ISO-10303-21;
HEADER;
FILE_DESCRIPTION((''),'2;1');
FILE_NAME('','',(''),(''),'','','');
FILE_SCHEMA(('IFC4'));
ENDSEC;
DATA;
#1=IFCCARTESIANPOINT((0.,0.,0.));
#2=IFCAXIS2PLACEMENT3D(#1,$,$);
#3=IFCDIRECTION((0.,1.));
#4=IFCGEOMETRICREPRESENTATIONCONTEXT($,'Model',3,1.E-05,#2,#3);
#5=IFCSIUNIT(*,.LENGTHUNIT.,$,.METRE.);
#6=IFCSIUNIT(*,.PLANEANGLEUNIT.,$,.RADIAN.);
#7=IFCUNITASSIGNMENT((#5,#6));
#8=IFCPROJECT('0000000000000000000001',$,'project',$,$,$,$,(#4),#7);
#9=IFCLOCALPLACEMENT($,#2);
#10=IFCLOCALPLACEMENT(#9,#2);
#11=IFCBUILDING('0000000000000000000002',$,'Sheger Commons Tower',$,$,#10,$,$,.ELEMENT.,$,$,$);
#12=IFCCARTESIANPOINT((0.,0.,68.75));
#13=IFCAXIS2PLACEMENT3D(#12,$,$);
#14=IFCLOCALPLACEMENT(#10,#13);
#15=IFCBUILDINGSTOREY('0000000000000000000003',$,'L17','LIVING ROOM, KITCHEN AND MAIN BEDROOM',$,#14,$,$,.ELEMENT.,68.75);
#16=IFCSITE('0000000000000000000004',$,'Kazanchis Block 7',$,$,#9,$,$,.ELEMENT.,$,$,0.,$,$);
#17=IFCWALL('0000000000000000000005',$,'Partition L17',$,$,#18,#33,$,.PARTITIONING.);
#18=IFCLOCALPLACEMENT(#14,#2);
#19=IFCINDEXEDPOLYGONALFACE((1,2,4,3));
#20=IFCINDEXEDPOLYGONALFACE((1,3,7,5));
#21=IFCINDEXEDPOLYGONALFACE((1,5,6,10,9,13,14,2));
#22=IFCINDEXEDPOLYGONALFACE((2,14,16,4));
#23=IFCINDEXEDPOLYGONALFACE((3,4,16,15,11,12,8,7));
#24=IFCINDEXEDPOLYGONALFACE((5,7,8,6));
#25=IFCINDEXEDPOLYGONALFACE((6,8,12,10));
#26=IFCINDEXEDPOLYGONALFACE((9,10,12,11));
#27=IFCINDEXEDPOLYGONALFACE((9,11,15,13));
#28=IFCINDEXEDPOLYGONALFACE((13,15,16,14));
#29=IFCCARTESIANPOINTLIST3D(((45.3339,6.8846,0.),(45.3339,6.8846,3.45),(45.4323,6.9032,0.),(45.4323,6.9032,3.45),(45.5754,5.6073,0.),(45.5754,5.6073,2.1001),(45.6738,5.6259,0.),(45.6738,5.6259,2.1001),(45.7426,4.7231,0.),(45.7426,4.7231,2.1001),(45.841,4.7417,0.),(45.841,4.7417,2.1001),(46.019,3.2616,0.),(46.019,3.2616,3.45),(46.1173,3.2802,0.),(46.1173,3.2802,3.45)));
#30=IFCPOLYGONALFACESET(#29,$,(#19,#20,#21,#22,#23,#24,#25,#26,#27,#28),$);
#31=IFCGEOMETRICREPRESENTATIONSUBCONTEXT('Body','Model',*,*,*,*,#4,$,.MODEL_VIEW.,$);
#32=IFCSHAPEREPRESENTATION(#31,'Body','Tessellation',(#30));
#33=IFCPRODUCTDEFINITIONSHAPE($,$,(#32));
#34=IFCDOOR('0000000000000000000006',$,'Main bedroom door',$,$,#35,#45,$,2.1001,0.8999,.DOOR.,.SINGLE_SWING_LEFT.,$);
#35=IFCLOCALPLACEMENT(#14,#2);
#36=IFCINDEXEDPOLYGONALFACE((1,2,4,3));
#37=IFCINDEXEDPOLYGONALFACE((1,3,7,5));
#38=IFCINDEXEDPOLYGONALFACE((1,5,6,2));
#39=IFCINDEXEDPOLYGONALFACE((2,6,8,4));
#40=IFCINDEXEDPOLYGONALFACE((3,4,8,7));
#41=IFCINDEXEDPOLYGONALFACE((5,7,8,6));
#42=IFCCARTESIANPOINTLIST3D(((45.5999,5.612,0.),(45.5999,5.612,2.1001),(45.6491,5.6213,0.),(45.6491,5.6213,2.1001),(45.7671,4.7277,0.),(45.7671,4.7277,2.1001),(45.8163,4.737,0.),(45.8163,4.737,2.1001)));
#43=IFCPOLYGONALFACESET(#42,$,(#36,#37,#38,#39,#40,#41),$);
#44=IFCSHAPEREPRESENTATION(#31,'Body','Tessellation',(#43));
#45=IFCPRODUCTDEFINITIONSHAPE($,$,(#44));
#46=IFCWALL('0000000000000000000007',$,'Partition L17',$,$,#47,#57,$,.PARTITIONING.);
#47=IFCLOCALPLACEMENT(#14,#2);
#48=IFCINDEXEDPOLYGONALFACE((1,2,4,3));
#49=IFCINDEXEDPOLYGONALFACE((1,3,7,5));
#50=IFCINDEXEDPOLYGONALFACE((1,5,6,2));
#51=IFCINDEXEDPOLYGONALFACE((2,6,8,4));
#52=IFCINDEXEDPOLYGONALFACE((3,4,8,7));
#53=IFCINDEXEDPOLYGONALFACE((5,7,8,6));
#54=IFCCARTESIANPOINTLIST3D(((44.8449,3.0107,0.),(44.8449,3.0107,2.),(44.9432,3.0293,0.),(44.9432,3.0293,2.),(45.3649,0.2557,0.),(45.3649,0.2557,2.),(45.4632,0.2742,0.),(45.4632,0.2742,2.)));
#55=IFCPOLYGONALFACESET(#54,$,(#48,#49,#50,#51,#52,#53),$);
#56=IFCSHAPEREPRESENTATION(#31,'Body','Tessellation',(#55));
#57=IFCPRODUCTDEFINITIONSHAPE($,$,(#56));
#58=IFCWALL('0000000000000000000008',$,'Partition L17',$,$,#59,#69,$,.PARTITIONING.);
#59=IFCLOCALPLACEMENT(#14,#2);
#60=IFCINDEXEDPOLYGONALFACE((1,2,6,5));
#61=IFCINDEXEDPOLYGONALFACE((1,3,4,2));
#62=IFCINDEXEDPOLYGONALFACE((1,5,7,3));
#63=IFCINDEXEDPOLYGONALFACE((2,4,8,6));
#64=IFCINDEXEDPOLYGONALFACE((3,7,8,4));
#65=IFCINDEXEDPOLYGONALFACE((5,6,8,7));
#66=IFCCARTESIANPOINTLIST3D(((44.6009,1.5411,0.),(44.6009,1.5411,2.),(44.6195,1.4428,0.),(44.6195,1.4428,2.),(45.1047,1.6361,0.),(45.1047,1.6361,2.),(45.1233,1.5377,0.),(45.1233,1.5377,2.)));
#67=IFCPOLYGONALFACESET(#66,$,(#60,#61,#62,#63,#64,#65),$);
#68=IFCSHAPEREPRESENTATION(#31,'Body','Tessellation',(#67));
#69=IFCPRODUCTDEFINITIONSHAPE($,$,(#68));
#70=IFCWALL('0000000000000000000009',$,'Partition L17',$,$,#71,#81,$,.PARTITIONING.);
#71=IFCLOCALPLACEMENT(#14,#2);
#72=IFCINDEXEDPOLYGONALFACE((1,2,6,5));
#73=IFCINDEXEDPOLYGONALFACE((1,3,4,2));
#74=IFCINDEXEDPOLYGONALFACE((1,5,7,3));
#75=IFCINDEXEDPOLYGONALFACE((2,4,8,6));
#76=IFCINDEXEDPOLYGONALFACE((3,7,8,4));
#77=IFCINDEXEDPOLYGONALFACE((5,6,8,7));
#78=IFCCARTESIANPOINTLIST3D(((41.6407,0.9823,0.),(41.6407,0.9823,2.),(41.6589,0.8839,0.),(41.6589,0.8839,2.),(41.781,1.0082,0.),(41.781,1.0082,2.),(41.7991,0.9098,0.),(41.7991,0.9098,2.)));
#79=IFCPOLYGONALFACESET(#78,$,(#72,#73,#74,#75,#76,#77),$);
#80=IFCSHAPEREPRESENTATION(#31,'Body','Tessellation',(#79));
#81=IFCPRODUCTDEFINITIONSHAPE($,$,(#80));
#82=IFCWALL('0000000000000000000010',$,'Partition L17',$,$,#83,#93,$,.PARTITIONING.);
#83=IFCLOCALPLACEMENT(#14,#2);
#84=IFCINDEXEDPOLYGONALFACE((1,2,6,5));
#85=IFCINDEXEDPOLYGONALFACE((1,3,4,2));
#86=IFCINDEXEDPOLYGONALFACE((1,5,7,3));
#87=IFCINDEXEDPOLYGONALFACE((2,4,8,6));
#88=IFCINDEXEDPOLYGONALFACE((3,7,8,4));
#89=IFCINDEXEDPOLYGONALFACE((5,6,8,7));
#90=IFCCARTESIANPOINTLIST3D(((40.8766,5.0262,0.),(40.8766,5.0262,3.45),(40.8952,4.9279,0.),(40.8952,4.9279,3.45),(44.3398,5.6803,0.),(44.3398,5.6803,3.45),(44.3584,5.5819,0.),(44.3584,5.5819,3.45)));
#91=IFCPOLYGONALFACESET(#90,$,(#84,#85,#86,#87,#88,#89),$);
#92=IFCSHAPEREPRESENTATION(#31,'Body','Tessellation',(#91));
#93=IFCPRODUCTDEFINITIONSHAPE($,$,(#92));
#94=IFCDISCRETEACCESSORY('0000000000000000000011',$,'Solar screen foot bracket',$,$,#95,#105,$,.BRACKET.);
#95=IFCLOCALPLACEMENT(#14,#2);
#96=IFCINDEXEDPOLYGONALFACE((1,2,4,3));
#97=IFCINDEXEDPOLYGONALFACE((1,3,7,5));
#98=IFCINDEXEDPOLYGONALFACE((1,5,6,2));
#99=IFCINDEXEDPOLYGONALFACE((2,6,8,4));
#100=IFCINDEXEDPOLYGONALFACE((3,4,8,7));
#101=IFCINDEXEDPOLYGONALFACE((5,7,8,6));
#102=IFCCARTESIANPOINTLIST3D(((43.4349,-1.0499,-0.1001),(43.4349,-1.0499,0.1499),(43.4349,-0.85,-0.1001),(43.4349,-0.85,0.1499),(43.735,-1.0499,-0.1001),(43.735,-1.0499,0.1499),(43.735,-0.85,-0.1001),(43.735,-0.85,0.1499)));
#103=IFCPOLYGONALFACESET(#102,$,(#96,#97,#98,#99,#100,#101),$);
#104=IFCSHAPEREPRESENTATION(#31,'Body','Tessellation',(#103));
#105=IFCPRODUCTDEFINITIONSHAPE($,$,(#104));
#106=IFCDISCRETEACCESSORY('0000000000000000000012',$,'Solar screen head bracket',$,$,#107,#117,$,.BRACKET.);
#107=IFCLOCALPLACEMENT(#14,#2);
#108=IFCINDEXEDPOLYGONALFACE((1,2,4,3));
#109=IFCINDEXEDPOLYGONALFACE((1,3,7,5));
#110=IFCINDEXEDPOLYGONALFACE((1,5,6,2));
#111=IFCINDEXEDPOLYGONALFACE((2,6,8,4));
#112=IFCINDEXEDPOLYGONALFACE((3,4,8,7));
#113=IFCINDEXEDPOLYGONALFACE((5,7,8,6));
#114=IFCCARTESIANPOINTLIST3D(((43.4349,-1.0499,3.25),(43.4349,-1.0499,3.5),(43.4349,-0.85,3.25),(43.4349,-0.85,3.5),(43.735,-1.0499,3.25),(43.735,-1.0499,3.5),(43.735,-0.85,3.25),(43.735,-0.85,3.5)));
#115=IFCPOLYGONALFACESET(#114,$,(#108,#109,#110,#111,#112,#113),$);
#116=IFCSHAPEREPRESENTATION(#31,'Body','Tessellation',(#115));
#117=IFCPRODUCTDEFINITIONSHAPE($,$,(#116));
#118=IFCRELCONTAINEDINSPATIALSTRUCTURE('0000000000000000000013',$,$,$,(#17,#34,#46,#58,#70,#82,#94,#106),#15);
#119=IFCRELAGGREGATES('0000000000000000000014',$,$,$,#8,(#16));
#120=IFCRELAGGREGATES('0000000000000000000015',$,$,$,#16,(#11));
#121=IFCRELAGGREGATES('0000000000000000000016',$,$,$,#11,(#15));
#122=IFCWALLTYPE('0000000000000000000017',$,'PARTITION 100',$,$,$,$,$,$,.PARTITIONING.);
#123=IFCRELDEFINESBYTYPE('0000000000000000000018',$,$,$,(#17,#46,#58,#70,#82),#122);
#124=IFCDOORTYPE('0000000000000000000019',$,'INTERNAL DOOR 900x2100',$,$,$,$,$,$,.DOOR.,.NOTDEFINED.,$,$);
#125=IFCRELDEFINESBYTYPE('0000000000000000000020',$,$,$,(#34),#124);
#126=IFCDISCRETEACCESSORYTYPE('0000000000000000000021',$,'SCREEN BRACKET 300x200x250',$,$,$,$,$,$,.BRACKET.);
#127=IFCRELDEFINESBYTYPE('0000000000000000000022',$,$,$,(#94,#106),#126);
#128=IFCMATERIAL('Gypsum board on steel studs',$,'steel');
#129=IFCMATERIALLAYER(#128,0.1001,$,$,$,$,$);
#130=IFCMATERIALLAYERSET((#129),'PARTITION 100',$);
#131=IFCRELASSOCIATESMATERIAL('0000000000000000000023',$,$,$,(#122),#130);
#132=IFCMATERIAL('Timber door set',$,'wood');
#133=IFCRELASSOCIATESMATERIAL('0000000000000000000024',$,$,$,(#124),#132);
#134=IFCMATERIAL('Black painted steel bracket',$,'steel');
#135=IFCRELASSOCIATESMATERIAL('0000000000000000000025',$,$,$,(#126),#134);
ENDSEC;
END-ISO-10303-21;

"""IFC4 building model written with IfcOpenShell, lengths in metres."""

from ifc_helpers import new_model, si_unit, direction, frame, frame_2d, origin, origin_2d, place, context, subcontext, project, spatial, rectangle, extrude, material, layer, layer_set, type_object, element, fill, save


model = new_model("IFC4")

# Units and contexts
model_context = context("Model", 3, precision=1e-05, world=origin(), true_north=direction((0.0, 1.0)))
body_context = subcontext(model_context, "Body", "Model", "MODEL_VIEW")
ifc_project = project(units=[si_unit("LENGTHUNIT", "METRE"), si_unit("PLANEANGLEUNIT", "RADIAN")], contexts=[model_context])

# Site, building, storey
site_placement = place(None, origin())
site = spatial("IfcSite", under=ifc_project, at=site_placement, Name="Kazanchis Block 7", CompositionType="ELEMENT", RefElevation=0.0)
building_placement = place(site_placement, origin())
building = spatial("IfcBuilding", under=site, at=building_placement, Name="Sheger Commons Tower", CompositionType="ELEMENT")
storey_placement = place(building_placement, frame((0.0, 0.0, 68.75)))
storey = spatial("IfcBuildingStorey", under=building, at=storey_placement, Name="L17", Description="LIVING ROOM, KITCHEN AND MAIN BEDROOM", CompositionType="ELEMENT", Elevation=68.75)

# Shared definitions
ifc_material_1 = material(Name="Gypsum board on steel studs", Category="steel")
ifc_layer_1 = layer(ifc_material_1, 0.1001)
ifc_layer_set_1 = layer_set([ifc_layer_1], Name="PARTITION 100")
wall_type_1 = type_object("IfcWallType", Name="PARTITION 100", PredefinedType="PARTITIONING", material=ifc_layer_set_1)
ifc_material_2 = material(Name="Timber door set", Category="wood")
door_type = type_object("IfcDoorType", Name="INTERNAL DOOR 900x2100", OperationType="NOTDEFINED", PredefinedType="DOOR", material=ifc_material_2)

# Wall, opening, door
wall_1_placement = place(storey_placement, frame((45.3831, 6.894, 0.0), z_axis=(0.0, 0.0, 1.0), x_axis=(0.185791, -0.982589, 0.0)))
wall_1 = element("IfcWall", 1, at=wall_1_placement, inside=storey, type_object=wall_type_1, Name="Partition L17", PredefinedType="PARTITIONING", context=body_context, shape_type="SweptSolid", body=[
    extrude(rectangle(XDim=3.6873, YDim=0.1001, at=frame_2d((1.8438, 0.0))), origin(), (0.0, 0.0, 1.0), 3.45),
])
opening_1_placement = place(wall_1_placement, frame((1.3, 0.0, 0.0)))
opening_1 = element("IfcOpeningElement", 2, at=opening_1_placement, cuts=wall_1, PredefinedType="OPENING", context=body_context, shape_type="SweptSolid", body=[
    extrude(rectangle(XDim=0.8999, YDim=2.1001, at=frame_2d((0.45, 1.05))), frame((0.0, 0.0601, 0.0), z_axis=(0.0, -1.0, 0.0), x_axis=(1.0, 0.0, 0.0)), (0.0, 0.0, 1.0), 0.1201),
])
door_1_placement = place(opening_1_placement, origin())
door_1 = element("IfcDoor", 3, at=door_1_placement, inside=storey, type_object=door_type, Name="Main bedroom door", OperationType="SINGLE_SWING_LEFT", OverallHeight=2.1001, OverallWidth=0.8999, PredefinedType="DOOR", context=body_context, shape_type="SweptSolid", body=[
    extrude(rectangle(XDim=0.8999, YDim=2.1001, at=frame_2d((0.45, 1.05))), frame((0.0, 0.0249, 0.0), z_axis=(0.0, -1.0, 0.0), x_axis=(1.0, 0.0, 0.0)), (0.0, 0.0, 1.0), 0.05),
])
fill(opening_1, door_1)

# Walls
wall_2_placement = place(storey_placement, frame((44.894, 3.02, 0.0), z_axis=(0.0, 0.0, 1.0), x_axis=(0.185471, -0.98265, 0.0)))
element("IfcWall", 4, at=wall_2_placement, inside=storey, type_object=wall_type_1, Name="Partition L17", PredefinedType="PARTITIONING", context=body_context, shape_type="SweptSolid", body=[
    extrude(rectangle(XDim=2.8037, YDim=0.1001, at=frame_2d((1.4019, 0.0))), origin(), (0.0, 0.0, 1.0), 2.0),
])
wall_3_placement = place(storey_placement, frame((45.114, 1.5869, 0.0), z_axis=(0.0, 0.0, 1.0), x_axis=(-0.982699, -0.185208, 0.0)))
element("IfcWall", 5, at=wall_3_placement, inside=storey, type_object=wall_type_1, Name="Partition L17", PredefinedType="PARTITIONING", context=body_context, shape_type="SweptSolid", body=[
    extrude(rectangle(XDim=0.5127, YDim=0.1001, at=frame_2d((0.2563, 0.0))), origin(), (0.0, 0.0, 1.0), 2.0),
])
wall_4_placement = place(storey_placement, frame((41.79, 0.959, 0.0), z_axis=(0.0, 0.0, 1.0), x_axis=(-0.983373, -0.181598, 0.0)))
element("IfcWall", 6, at=wall_4_placement, inside=storey, type_object=wall_type_1, Name="Partition L17", PredefinedType="PARTITIONING", context=body_context, shape_type="SweptSolid", body=[
    extrude(rectangle(XDim=0.1426, YDim=0.1001, at=frame_2d((0.0713, 0.0))), origin(), (0.0, 0.0, 1.0), 2.0),
])
wall_5_placement = place(storey_placement, frame((44.3491, 5.6311, 0.0), z_axis=(0.0, 0.0, 1.0), x_axis=(-0.982629, -0.185581, 0.0)))
element("IfcWall", 7, at=wall_5_placement, inside=storey, type_object=wall_type_1, Name="Partition L17", PredefinedType="PARTITIONING", context=body_context, shape_type="SweptSolid", body=[
    extrude(rectangle(XDim=3.5244, YDim=0.1001, at=frame_2d((1.7622, 0.0))), origin(), (0.0, 0.0, 1.0), 3.45),
])

# Discrete accessories
ifc_material_3 = material(Name="Black painted steel bracket", Category="steel")
discrete_accessory_type = type_object("IfcDiscreteAccessoryType", Name="SCREEN BRACKET 300x200x250", PredefinedType="BRACKET", material=ifc_material_3)
for number, where, z_axis, x_axis, name in (
    (8, (43.585, -0.95, -0.1001), (0.0, 0.0, 1.0), (1.0, 0.0, 0.0), "Solar screen foot bracket"),
    (9, (43.585, -0.95, 3.25), (0.0, 0.0, 1.0), (1.0, 0.0, 0.0), "Solar screen head bracket"),
):
    element("IfcDiscreteAccessory", number, at=place(storey_placement, frame(where, z_axis=z_axis, x_axis=x_axis)), inside=storey, type_object=discrete_accessory_type, Name=name, PredefinedType="BRACKET", context=body_context, shape_type="SweptSolid", body=[
        extrude(rectangle(XDim=0.3, YDim=0.2, at=origin_2d()), origin(), (0.0, 0.0, 1.0), 0.25),
    ])

save(model, "model.ifc")
